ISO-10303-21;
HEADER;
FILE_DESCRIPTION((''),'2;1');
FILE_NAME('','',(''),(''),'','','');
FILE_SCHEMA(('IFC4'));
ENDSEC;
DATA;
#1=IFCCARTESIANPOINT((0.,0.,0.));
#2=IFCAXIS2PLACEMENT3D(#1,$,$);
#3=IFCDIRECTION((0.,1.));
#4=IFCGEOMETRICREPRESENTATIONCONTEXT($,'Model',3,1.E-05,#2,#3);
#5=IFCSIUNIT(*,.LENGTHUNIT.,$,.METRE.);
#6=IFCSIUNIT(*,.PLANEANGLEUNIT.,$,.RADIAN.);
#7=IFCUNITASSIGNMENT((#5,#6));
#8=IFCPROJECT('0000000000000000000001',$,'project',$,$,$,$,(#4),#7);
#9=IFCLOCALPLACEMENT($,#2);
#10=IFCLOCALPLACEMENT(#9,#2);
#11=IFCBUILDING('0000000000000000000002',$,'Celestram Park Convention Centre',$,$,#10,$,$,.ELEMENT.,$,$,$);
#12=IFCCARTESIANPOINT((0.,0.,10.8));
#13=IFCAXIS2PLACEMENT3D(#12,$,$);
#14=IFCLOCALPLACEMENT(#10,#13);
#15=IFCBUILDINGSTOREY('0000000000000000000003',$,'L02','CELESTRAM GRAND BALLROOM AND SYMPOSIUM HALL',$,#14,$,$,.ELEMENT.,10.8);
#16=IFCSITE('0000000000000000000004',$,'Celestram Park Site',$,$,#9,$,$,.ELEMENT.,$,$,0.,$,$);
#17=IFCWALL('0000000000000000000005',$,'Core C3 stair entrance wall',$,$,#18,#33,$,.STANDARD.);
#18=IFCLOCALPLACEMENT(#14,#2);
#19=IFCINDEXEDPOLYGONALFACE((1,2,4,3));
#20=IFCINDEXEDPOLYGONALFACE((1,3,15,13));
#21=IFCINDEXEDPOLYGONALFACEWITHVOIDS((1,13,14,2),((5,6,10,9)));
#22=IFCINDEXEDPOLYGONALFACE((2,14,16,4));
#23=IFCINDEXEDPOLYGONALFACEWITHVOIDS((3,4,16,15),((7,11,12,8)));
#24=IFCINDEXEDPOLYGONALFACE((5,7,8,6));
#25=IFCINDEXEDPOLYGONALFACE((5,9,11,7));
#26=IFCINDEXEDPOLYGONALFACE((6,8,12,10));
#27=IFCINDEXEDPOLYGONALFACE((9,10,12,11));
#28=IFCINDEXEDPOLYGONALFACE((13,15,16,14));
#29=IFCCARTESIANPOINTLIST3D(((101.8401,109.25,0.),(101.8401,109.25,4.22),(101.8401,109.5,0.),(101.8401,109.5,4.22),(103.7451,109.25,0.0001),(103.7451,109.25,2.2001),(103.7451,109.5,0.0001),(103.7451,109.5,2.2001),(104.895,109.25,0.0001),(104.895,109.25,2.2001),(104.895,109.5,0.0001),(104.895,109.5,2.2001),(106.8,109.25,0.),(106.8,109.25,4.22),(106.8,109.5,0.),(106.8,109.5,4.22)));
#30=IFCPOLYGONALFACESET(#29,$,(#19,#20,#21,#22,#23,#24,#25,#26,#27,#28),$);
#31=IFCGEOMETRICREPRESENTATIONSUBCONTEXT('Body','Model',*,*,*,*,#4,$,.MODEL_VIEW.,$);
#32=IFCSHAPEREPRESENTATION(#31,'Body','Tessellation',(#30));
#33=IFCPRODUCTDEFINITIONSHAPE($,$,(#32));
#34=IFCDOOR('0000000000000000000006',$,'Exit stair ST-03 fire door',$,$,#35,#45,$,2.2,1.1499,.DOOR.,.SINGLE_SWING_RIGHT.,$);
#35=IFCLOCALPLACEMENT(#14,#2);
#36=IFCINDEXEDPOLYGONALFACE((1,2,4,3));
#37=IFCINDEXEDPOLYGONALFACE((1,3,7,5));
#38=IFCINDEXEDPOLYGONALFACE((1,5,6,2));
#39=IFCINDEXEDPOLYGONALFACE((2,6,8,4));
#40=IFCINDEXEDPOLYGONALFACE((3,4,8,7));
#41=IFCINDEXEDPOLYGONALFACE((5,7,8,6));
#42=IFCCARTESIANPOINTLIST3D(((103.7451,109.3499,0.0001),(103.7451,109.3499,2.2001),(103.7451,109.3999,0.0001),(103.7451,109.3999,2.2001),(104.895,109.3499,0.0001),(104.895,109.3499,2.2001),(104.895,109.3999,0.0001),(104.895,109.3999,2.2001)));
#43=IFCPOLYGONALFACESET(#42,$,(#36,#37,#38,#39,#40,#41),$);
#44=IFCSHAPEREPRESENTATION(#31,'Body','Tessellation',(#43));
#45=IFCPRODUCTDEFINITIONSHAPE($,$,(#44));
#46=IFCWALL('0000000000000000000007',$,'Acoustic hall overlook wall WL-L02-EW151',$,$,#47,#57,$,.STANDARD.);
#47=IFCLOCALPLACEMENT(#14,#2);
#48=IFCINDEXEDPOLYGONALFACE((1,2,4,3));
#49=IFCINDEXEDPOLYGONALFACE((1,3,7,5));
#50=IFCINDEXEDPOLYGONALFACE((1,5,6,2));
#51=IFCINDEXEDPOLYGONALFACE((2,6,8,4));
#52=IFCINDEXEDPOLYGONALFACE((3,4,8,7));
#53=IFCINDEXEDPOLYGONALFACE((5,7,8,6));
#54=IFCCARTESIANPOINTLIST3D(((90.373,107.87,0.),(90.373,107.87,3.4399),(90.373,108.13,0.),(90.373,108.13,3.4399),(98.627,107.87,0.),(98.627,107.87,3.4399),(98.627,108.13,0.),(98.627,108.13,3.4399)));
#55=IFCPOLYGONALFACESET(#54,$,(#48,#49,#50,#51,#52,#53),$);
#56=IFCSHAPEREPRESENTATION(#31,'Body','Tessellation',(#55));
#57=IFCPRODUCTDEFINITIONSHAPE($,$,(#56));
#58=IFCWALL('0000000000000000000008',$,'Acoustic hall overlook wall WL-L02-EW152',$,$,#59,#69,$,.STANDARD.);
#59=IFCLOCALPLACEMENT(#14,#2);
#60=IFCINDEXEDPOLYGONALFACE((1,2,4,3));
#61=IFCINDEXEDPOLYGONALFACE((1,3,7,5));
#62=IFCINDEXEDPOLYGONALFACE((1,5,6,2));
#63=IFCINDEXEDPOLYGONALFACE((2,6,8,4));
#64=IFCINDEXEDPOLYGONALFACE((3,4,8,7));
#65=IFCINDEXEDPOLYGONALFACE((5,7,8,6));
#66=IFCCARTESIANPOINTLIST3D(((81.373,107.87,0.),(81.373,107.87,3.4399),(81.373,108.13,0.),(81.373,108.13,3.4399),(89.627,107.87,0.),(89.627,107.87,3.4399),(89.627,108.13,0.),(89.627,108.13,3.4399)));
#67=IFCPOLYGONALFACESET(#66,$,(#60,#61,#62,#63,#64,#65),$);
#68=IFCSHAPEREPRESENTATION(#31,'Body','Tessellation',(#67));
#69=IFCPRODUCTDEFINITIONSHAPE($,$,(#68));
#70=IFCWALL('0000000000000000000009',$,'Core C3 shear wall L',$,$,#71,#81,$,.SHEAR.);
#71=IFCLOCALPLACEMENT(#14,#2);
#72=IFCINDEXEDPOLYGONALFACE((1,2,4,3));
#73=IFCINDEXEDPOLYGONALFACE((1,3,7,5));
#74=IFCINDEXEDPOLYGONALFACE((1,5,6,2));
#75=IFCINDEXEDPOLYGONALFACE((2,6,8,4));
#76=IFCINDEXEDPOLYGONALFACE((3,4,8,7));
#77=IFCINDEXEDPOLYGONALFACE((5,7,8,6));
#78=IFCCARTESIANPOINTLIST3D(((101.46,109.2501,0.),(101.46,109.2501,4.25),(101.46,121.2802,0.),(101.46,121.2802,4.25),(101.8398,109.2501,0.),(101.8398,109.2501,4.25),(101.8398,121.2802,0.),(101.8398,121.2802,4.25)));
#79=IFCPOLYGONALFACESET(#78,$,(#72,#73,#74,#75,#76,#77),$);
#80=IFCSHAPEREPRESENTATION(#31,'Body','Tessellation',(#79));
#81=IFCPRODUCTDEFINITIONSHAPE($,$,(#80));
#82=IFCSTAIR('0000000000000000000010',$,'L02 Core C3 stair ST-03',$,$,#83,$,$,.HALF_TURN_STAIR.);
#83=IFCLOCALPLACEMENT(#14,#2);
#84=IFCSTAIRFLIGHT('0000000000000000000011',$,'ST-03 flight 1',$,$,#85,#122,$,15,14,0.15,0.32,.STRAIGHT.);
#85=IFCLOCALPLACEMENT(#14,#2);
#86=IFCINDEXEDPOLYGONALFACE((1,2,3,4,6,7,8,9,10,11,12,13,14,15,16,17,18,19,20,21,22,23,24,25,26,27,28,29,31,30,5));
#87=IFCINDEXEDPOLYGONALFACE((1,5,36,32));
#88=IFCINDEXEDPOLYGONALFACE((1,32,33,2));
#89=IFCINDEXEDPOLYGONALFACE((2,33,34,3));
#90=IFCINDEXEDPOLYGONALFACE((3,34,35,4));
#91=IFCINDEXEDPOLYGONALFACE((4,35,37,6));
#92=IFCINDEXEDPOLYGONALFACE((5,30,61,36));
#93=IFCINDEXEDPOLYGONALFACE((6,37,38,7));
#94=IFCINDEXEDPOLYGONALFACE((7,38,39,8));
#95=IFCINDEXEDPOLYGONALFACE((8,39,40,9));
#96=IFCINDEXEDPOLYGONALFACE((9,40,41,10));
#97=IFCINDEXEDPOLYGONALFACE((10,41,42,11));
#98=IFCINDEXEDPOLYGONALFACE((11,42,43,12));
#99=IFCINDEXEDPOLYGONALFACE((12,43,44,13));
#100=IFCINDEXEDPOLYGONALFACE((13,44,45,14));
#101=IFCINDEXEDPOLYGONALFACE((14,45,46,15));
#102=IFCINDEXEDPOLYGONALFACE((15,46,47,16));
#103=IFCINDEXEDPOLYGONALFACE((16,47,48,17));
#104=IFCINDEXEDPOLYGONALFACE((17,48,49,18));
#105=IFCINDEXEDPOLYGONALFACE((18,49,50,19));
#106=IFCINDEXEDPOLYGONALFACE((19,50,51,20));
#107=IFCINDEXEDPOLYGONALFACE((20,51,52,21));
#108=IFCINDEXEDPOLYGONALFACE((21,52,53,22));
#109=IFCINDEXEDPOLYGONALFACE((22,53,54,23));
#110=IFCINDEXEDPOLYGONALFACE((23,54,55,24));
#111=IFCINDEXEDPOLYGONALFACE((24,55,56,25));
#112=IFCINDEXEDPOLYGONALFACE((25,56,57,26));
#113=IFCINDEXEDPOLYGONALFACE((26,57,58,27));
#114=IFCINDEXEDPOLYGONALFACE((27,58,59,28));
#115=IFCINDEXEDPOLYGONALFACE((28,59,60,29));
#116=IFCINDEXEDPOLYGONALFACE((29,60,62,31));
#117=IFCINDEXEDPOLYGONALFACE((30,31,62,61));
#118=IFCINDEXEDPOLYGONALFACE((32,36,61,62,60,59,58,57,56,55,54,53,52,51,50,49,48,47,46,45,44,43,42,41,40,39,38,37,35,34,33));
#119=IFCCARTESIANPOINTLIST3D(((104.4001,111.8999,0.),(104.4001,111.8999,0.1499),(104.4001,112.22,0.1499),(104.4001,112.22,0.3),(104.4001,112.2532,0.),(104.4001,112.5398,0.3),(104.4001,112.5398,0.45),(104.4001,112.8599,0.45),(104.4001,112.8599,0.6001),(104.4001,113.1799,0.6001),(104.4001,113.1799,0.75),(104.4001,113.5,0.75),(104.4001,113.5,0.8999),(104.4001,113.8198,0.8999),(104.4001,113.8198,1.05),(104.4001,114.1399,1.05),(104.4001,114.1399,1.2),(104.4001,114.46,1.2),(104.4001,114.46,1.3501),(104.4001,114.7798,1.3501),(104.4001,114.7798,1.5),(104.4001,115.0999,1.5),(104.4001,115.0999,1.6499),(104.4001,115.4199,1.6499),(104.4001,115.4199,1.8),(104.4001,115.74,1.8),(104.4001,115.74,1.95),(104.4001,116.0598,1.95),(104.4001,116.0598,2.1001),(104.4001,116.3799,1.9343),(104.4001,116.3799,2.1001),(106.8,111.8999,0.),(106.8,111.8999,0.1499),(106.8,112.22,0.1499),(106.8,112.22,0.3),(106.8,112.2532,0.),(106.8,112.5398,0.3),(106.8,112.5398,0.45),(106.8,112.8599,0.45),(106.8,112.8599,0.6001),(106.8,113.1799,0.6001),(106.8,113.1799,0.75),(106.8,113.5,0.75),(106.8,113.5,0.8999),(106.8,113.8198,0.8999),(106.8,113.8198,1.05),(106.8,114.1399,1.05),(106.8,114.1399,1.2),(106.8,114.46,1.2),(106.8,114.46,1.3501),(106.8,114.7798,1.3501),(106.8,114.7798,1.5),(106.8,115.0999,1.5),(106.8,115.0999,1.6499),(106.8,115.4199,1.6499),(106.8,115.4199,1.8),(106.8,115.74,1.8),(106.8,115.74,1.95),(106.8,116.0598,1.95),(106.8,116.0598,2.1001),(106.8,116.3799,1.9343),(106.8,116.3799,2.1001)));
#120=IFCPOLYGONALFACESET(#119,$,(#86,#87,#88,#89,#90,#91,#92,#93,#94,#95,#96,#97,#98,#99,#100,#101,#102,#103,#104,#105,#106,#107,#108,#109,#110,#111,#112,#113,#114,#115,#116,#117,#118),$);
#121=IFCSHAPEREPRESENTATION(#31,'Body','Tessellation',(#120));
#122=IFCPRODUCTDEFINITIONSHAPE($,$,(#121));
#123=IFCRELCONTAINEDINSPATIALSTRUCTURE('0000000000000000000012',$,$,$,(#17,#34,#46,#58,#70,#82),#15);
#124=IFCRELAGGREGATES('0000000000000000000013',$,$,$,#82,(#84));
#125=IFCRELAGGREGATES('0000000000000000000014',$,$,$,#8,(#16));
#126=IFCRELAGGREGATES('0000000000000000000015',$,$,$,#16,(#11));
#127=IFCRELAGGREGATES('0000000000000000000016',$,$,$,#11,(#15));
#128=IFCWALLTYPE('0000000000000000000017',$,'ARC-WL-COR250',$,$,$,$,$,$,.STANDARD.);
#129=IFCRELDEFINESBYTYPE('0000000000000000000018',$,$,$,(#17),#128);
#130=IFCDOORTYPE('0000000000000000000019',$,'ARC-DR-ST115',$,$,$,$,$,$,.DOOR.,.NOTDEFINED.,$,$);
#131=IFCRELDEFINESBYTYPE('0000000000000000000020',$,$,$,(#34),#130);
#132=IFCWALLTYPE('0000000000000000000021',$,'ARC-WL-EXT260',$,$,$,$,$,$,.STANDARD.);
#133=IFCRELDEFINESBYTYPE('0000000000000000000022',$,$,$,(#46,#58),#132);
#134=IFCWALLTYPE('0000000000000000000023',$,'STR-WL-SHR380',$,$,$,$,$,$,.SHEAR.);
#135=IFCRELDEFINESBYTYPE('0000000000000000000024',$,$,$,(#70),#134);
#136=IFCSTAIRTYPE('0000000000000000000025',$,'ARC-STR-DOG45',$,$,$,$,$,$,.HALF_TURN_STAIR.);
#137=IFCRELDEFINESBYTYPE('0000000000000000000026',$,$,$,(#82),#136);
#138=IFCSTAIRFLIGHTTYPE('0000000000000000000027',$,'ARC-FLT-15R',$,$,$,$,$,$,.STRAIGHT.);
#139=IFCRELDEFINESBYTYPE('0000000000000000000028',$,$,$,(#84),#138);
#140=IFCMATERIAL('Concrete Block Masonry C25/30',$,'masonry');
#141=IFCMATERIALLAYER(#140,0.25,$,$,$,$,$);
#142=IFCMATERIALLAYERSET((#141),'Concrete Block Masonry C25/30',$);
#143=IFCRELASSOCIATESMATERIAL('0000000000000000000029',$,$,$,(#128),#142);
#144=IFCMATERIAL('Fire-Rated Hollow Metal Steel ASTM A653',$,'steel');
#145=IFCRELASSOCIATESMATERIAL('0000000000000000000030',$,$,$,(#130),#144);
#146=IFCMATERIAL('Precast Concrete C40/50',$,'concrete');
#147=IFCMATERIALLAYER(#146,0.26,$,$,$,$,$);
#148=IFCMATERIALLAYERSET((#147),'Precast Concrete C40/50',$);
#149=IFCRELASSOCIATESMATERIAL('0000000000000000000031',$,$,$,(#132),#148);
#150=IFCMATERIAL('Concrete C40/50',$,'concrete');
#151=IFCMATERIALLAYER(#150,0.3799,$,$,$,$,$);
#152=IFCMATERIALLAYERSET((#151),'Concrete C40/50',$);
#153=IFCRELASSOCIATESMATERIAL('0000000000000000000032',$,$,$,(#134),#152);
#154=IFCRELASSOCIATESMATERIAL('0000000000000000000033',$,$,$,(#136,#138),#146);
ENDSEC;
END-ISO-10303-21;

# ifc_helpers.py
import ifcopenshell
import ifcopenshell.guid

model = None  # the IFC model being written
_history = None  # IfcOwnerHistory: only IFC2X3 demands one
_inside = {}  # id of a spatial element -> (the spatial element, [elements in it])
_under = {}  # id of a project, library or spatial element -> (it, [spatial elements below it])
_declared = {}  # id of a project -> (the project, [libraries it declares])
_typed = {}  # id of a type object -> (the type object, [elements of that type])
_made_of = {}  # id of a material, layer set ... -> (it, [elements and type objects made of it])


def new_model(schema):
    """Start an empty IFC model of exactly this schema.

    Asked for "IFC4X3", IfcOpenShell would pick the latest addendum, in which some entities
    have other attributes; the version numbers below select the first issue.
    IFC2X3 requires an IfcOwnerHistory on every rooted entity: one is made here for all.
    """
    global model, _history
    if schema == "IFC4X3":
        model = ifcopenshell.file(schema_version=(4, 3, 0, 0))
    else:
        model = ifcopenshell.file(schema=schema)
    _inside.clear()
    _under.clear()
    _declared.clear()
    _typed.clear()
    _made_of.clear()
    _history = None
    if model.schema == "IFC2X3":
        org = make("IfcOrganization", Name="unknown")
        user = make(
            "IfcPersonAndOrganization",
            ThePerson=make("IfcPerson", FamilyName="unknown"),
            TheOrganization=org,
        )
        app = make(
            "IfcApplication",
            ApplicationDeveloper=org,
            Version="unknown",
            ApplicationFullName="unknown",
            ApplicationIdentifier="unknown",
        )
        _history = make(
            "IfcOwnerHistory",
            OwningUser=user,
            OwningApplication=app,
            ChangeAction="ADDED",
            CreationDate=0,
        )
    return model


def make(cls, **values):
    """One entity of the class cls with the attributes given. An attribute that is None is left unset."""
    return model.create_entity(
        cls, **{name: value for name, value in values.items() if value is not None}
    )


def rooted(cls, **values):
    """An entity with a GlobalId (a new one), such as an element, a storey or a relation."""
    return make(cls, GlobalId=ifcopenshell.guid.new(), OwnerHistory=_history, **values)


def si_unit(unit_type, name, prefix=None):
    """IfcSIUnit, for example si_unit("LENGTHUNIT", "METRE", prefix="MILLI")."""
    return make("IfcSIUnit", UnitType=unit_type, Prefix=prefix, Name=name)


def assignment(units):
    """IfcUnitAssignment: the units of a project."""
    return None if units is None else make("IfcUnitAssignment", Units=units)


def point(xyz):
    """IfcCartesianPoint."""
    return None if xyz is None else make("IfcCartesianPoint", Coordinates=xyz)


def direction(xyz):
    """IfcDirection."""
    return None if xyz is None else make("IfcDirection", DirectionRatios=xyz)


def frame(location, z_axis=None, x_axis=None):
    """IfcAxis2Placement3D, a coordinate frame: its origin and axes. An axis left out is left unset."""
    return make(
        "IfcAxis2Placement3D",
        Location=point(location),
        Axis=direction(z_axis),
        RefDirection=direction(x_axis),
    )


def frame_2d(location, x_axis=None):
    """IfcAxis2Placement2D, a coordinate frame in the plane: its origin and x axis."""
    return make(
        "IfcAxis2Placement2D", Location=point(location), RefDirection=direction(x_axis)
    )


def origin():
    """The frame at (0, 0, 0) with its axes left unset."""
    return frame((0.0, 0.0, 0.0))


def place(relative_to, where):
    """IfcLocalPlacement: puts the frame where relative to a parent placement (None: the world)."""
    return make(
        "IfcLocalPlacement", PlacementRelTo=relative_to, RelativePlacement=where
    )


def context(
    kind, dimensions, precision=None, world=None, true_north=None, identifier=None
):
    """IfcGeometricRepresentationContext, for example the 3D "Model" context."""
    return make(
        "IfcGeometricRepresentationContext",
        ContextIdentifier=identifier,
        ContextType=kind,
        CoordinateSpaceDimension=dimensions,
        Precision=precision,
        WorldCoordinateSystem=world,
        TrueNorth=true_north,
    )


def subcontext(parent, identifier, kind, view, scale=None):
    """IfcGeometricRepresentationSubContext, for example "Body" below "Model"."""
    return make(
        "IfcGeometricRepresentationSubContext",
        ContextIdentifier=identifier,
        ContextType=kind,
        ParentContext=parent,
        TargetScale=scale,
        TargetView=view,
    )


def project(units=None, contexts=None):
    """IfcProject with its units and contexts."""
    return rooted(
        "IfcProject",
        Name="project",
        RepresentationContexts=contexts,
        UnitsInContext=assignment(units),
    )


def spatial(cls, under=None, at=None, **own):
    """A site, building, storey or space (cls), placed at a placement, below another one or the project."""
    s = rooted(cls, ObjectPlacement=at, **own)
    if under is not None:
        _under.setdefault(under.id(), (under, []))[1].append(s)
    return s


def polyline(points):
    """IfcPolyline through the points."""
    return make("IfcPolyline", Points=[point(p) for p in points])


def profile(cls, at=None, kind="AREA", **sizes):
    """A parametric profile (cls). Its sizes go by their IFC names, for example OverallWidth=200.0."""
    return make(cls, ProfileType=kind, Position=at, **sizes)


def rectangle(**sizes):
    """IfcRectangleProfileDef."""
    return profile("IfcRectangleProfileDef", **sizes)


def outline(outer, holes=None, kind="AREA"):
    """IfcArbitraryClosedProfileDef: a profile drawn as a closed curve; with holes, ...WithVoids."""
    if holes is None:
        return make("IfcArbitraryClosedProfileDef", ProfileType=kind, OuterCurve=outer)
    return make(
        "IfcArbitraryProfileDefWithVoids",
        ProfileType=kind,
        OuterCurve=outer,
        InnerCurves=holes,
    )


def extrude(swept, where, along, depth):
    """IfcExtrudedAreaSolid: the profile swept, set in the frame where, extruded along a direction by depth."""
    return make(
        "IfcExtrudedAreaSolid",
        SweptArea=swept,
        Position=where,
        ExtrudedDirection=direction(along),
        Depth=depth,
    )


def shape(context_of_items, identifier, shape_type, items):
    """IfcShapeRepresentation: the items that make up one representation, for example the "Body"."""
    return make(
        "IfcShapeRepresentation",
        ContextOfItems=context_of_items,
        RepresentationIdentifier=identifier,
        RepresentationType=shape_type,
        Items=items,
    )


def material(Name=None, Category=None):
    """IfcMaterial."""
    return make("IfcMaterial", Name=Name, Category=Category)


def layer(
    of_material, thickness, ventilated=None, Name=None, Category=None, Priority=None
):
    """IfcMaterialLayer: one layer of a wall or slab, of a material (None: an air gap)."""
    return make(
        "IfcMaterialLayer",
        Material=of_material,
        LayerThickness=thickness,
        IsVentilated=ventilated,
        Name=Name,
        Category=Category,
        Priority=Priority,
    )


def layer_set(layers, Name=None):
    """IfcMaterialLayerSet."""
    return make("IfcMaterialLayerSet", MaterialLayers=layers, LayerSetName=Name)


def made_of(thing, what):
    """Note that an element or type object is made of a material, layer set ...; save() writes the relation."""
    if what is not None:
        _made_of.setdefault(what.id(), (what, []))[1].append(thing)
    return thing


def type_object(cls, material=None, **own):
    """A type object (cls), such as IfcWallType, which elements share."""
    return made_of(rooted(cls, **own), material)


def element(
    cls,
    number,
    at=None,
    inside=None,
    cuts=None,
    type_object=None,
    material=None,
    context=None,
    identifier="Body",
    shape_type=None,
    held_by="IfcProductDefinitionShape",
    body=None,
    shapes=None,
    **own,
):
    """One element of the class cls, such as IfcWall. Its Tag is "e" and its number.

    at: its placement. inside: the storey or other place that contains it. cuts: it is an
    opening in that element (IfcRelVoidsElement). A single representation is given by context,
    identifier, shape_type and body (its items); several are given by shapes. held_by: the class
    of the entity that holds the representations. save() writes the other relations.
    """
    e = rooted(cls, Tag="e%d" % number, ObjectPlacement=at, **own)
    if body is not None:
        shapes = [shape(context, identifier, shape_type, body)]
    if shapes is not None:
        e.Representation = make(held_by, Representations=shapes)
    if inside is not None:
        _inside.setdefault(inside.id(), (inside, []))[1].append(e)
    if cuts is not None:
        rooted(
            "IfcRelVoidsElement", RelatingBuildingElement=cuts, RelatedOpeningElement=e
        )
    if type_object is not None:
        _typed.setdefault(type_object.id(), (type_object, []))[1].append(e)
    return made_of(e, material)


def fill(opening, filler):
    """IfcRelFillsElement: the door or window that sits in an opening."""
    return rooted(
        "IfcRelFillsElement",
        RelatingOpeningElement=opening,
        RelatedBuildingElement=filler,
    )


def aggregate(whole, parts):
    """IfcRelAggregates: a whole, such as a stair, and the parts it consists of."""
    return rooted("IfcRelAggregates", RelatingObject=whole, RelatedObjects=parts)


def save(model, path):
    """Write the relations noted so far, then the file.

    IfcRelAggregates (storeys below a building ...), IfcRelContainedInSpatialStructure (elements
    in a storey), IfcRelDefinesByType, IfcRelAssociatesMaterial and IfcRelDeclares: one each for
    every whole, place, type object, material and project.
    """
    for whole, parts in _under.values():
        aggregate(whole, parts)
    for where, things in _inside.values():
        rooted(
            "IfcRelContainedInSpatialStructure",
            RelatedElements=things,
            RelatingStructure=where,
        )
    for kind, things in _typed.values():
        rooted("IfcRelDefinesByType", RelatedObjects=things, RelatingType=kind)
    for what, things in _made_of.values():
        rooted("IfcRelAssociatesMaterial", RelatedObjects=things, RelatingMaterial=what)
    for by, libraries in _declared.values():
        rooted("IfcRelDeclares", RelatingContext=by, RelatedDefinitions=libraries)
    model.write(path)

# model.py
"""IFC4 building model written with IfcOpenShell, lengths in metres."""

from ifc_helpers import new_model, si_unit, direction, frame, frame_2d, origin, place, context, subcontext, project, spatial, polyline, rectangle, outline, extrude, material, layer, layer_set, type_object, element, fill, aggregate, save


model = new_model("IFC4")

# Units and contexts
model_context = context("Model", 3, precision=1e-05, world=origin(), true_north=direction((0.0, 1.0)))
body_context = subcontext(model_context, "Body", "Model", "MODEL_VIEW")
ifc_project = project(units=[si_unit("LENGTHUNIT", "METRE"), si_unit("PLANEANGLEUNIT", "RADIAN")], contexts=[model_context])

# Site, building, storey
site_placement = place(None, origin())
site = spatial("IfcSite", under=ifc_project, at=site_placement, Name="Celestram Park Site", CompositionType="ELEMENT", RefElevation=0.0)
building_placement = place(site_placement, origin())
building = spatial("IfcBuilding", under=site, at=building_placement, Name="Celestram Park Convention Centre", CompositionType="ELEMENT")
storey_placement = place(building_placement, frame((0.0, 0.0, 10.8)))
storey = spatial("IfcBuildingStorey", under=building, at=storey_placement, Name="L02", Description="CELESTRAM GRAND BALLROOM AND SYMPOSIUM HALL", CompositionType="ELEMENT", Elevation=10.8)

# Shared definitions
ifc_material_1 = material(Name="Concrete C40/50", Category="concrete")

# Wall, opening, door
ifc_material_2 = material(Name="Concrete Block Masonry C25/30", Category="masonry")
ifc_layer_1 = layer(ifc_material_2, 0.25)
ifc_layer_set_1 = layer_set([ifc_layer_1], Name="Concrete Block Masonry C25/30")
wall_type_1 = type_object("IfcWallType", Name="ARC-WL-COR250", PredefinedType="STANDARD", material=ifc_layer_set_1)
wall_1_placement = place(storey_placement, frame((101.8401, 109.375, 0.0), z_axis=(0.0, 0.0, 1.0), x_axis=(1.0, 0.0, 0.0)))
wall_1 = element("IfcWall", 1, at=wall_1_placement, inside=storey, type_object=wall_type_1, Name="Core C3 stair entrance wall", PredefinedType="STANDARD", context=body_context, shape_type="SweptSolid", body=[
    extrude(rectangle(XDim=4.96, YDim=0.25, at=frame_2d((2.48, 0.0))), origin(), (0.0, 0.0, 1.0), 4.22),
])
opening_placement = place(wall_1_placement, frame((1.905, 0.0, 0.0)))
opening = element("IfcOpeningElement", 2, at=opening_placement, cuts=wall_1, PredefinedType="OPENING", context=body_context, shape_type="SweptSolid", body=[
    extrude(rectangle(XDim=1.1499, YDim=2.2, at=frame_2d((0.575, 1.1001))), frame((0.0, 0.135, 0.0), z_axis=(0.0, -1.0, 0.0), x_axis=(1.0, 0.0, 0.0)), (0.0, 0.0, 1.0), 0.27),
])
ifc_material_3 = material(Name="Fire-Rated Hollow Metal Steel ASTM A653", Category="steel")
door_type = type_object("IfcDoorType", Name="ARC-DR-ST115", OperationType="NOTDEFINED", PredefinedType="DOOR", material=ifc_material_3)
door_placement = place(opening_placement, origin())
door = element("IfcDoor", 3, at=door_placement, inside=storey, type_object=door_type, Name="Exit stair ST-03 fire door", OperationType="SINGLE_SWING_RIGHT", OverallHeight=2.2, OverallWidth=1.1499, PredefinedType="DOOR", context=body_context, shape_type="SweptSolid", body=[
    extrude(rectangle(XDim=1.1499, YDim=2.2, at=frame_2d((0.575, 1.1001))), frame((0.0, 0.0249, 0.0), z_axis=(0.0, -1.0, 0.0), x_axis=(1.0, 0.0, 0.0)), (0.0, 0.0, 1.0), 0.05),
])
fill(opening, door)

# Walls
ifc_material_4 = material(Name="Precast Concrete C40/50", Category="concrete")
ifc_layer_2 = layer(ifc_material_4, 0.26)
ifc_layer_set_2 = layer_set([ifc_layer_2], Name="Precast Concrete C40/50")
wall_type_2 = type_object("IfcWallType", Name="ARC-WL-EXT260", PredefinedType="STANDARD", material=ifc_layer_set_2)
for number, where, z_axis, x_axis, name in (
    (4, (98.627, 108.0, 0.0), (0.0, 0.0, 1.0), (-1.0, 0.0, 0.0), "Acoustic hall overlook wall WL-L02-EW151"),
    (5, (89.627, 108.0, 0.0), (0.0, 0.0, 1.0), (-1.0, 0.0, 0.0), "Acoustic hall overlook wall WL-L02-EW152"),
):
    element("IfcWall", number, at=place(storey_placement, frame(where, z_axis=z_axis, x_axis=x_axis)), inside=storey, type_object=wall_type_2, Name=name, PredefinedType="STANDARD", context=body_context, shape_type="SweptSolid", body=[
        extrude(rectangle(XDim=8.2539, YDim=0.26, at=frame_2d((4.127, 0.0))), origin(), (0.0, 0.0, 1.0), 3.4399),
    ])
ifc_layer_3 = layer(ifc_material_1, 0.3799)
ifc_layer_set_3 = layer_set([ifc_layer_3], Name="Concrete C40/50")
wall_type_3 = type_object("IfcWallType", Name="STR-WL-SHR380", PredefinedType="SHEAR", material=ifc_layer_set_3)
wall_2_placement = place(storey_placement, frame((101.6499, 109.25, 0.0), z_axis=(0.0, 0.0, 1.0), x_axis=(0.0, 1.0, 0.0)))
element("IfcWall", 6, at=wall_2_placement, inside=storey, type_object=wall_type_3, Name="Core C3 shear wall L", PredefinedType="SHEAR", context=body_context, shape_type="SweptSolid", body=[
    extrude(rectangle(XDim=12.03, YDim=0.3799, at=frame_2d((6.0151, 0.0))), origin(), (0.0, 0.0, 1.0), 4.25),
])

# Stair, stair flight
stair_type = type_object("IfcStairType", Name="ARC-STR-DOG45", PredefinedType="HALF_TURN_STAIR", material=ifc_material_4)
stair_placement = place(storey_placement, origin())
stair = element("IfcStair", 7, at=stair_placement, inside=storey, type_object=stair_type, Name="L02 Core C3 stair ST-03", PredefinedType="HALF_TURN_STAIR")
stair_flight_type = type_object("IfcStairFlightType", Name="ARC-FLT-15R", PredefinedType="STRAIGHT", material=ifc_material_4)
stair_flight_placement = place(storey_placement, frame((105.6001, 111.8999, 0.0), z_axis=(0.0, 0.0, 1.0), x_axis=(0.0, 1.0, 0.0)))
stair_flight = element("IfcStairFlight", 8, at=stair_flight_placement, type_object=stair_flight_type, Name="ST-03 flight 1", NumberOfRisers=15, NumberOfTreads=14, PredefinedType="STRAIGHT", RiserHeight=0.15, TreadLength=0.32, context=body_context, shape_type="SweptSolid", body=[
    extrude(outline(polyline([(0.0, 0.0), (0.0, 0.1499), (0.3201, 0.1499), (0.3201, 0.3), (0.6399, 0.3), (0.6399, 0.45), (0.96, 0.45), (0.96, 0.6001), (1.28, 0.6001), (1.28, 0.75), (1.6001, 0.75), (1.6001, 0.8999), (1.9199, 0.8999), (1.9199, 1.05), (2.24, 1.05), (2.24, 1.2), (2.5601, 1.2), (2.5601, 1.3501), (2.8799, 1.3501), (2.8799, 1.5), (3.2, 1.5), (3.2, 1.6499), (3.52, 1.6499), (3.52, 1.8), (3.8401, 1.8), (3.8401, 1.95), (4.1599, 1.95), (4.1599, 2.1001), (4.48, 2.1001), (4.48, 2.25), (4.48, 1.9343), (0.3533, 0.0), (0.0, 0.0)])), frame((0.0, 1.2, 0.0), z_axis=(0.0, -1.0, 0.0), x_axis=(1.0, 0.0, 0.0)), (0.0, 0.0, 1.0), 2.3999),
])
aggregate(stair, [stair_flight])

save(model, "model.ifc")
